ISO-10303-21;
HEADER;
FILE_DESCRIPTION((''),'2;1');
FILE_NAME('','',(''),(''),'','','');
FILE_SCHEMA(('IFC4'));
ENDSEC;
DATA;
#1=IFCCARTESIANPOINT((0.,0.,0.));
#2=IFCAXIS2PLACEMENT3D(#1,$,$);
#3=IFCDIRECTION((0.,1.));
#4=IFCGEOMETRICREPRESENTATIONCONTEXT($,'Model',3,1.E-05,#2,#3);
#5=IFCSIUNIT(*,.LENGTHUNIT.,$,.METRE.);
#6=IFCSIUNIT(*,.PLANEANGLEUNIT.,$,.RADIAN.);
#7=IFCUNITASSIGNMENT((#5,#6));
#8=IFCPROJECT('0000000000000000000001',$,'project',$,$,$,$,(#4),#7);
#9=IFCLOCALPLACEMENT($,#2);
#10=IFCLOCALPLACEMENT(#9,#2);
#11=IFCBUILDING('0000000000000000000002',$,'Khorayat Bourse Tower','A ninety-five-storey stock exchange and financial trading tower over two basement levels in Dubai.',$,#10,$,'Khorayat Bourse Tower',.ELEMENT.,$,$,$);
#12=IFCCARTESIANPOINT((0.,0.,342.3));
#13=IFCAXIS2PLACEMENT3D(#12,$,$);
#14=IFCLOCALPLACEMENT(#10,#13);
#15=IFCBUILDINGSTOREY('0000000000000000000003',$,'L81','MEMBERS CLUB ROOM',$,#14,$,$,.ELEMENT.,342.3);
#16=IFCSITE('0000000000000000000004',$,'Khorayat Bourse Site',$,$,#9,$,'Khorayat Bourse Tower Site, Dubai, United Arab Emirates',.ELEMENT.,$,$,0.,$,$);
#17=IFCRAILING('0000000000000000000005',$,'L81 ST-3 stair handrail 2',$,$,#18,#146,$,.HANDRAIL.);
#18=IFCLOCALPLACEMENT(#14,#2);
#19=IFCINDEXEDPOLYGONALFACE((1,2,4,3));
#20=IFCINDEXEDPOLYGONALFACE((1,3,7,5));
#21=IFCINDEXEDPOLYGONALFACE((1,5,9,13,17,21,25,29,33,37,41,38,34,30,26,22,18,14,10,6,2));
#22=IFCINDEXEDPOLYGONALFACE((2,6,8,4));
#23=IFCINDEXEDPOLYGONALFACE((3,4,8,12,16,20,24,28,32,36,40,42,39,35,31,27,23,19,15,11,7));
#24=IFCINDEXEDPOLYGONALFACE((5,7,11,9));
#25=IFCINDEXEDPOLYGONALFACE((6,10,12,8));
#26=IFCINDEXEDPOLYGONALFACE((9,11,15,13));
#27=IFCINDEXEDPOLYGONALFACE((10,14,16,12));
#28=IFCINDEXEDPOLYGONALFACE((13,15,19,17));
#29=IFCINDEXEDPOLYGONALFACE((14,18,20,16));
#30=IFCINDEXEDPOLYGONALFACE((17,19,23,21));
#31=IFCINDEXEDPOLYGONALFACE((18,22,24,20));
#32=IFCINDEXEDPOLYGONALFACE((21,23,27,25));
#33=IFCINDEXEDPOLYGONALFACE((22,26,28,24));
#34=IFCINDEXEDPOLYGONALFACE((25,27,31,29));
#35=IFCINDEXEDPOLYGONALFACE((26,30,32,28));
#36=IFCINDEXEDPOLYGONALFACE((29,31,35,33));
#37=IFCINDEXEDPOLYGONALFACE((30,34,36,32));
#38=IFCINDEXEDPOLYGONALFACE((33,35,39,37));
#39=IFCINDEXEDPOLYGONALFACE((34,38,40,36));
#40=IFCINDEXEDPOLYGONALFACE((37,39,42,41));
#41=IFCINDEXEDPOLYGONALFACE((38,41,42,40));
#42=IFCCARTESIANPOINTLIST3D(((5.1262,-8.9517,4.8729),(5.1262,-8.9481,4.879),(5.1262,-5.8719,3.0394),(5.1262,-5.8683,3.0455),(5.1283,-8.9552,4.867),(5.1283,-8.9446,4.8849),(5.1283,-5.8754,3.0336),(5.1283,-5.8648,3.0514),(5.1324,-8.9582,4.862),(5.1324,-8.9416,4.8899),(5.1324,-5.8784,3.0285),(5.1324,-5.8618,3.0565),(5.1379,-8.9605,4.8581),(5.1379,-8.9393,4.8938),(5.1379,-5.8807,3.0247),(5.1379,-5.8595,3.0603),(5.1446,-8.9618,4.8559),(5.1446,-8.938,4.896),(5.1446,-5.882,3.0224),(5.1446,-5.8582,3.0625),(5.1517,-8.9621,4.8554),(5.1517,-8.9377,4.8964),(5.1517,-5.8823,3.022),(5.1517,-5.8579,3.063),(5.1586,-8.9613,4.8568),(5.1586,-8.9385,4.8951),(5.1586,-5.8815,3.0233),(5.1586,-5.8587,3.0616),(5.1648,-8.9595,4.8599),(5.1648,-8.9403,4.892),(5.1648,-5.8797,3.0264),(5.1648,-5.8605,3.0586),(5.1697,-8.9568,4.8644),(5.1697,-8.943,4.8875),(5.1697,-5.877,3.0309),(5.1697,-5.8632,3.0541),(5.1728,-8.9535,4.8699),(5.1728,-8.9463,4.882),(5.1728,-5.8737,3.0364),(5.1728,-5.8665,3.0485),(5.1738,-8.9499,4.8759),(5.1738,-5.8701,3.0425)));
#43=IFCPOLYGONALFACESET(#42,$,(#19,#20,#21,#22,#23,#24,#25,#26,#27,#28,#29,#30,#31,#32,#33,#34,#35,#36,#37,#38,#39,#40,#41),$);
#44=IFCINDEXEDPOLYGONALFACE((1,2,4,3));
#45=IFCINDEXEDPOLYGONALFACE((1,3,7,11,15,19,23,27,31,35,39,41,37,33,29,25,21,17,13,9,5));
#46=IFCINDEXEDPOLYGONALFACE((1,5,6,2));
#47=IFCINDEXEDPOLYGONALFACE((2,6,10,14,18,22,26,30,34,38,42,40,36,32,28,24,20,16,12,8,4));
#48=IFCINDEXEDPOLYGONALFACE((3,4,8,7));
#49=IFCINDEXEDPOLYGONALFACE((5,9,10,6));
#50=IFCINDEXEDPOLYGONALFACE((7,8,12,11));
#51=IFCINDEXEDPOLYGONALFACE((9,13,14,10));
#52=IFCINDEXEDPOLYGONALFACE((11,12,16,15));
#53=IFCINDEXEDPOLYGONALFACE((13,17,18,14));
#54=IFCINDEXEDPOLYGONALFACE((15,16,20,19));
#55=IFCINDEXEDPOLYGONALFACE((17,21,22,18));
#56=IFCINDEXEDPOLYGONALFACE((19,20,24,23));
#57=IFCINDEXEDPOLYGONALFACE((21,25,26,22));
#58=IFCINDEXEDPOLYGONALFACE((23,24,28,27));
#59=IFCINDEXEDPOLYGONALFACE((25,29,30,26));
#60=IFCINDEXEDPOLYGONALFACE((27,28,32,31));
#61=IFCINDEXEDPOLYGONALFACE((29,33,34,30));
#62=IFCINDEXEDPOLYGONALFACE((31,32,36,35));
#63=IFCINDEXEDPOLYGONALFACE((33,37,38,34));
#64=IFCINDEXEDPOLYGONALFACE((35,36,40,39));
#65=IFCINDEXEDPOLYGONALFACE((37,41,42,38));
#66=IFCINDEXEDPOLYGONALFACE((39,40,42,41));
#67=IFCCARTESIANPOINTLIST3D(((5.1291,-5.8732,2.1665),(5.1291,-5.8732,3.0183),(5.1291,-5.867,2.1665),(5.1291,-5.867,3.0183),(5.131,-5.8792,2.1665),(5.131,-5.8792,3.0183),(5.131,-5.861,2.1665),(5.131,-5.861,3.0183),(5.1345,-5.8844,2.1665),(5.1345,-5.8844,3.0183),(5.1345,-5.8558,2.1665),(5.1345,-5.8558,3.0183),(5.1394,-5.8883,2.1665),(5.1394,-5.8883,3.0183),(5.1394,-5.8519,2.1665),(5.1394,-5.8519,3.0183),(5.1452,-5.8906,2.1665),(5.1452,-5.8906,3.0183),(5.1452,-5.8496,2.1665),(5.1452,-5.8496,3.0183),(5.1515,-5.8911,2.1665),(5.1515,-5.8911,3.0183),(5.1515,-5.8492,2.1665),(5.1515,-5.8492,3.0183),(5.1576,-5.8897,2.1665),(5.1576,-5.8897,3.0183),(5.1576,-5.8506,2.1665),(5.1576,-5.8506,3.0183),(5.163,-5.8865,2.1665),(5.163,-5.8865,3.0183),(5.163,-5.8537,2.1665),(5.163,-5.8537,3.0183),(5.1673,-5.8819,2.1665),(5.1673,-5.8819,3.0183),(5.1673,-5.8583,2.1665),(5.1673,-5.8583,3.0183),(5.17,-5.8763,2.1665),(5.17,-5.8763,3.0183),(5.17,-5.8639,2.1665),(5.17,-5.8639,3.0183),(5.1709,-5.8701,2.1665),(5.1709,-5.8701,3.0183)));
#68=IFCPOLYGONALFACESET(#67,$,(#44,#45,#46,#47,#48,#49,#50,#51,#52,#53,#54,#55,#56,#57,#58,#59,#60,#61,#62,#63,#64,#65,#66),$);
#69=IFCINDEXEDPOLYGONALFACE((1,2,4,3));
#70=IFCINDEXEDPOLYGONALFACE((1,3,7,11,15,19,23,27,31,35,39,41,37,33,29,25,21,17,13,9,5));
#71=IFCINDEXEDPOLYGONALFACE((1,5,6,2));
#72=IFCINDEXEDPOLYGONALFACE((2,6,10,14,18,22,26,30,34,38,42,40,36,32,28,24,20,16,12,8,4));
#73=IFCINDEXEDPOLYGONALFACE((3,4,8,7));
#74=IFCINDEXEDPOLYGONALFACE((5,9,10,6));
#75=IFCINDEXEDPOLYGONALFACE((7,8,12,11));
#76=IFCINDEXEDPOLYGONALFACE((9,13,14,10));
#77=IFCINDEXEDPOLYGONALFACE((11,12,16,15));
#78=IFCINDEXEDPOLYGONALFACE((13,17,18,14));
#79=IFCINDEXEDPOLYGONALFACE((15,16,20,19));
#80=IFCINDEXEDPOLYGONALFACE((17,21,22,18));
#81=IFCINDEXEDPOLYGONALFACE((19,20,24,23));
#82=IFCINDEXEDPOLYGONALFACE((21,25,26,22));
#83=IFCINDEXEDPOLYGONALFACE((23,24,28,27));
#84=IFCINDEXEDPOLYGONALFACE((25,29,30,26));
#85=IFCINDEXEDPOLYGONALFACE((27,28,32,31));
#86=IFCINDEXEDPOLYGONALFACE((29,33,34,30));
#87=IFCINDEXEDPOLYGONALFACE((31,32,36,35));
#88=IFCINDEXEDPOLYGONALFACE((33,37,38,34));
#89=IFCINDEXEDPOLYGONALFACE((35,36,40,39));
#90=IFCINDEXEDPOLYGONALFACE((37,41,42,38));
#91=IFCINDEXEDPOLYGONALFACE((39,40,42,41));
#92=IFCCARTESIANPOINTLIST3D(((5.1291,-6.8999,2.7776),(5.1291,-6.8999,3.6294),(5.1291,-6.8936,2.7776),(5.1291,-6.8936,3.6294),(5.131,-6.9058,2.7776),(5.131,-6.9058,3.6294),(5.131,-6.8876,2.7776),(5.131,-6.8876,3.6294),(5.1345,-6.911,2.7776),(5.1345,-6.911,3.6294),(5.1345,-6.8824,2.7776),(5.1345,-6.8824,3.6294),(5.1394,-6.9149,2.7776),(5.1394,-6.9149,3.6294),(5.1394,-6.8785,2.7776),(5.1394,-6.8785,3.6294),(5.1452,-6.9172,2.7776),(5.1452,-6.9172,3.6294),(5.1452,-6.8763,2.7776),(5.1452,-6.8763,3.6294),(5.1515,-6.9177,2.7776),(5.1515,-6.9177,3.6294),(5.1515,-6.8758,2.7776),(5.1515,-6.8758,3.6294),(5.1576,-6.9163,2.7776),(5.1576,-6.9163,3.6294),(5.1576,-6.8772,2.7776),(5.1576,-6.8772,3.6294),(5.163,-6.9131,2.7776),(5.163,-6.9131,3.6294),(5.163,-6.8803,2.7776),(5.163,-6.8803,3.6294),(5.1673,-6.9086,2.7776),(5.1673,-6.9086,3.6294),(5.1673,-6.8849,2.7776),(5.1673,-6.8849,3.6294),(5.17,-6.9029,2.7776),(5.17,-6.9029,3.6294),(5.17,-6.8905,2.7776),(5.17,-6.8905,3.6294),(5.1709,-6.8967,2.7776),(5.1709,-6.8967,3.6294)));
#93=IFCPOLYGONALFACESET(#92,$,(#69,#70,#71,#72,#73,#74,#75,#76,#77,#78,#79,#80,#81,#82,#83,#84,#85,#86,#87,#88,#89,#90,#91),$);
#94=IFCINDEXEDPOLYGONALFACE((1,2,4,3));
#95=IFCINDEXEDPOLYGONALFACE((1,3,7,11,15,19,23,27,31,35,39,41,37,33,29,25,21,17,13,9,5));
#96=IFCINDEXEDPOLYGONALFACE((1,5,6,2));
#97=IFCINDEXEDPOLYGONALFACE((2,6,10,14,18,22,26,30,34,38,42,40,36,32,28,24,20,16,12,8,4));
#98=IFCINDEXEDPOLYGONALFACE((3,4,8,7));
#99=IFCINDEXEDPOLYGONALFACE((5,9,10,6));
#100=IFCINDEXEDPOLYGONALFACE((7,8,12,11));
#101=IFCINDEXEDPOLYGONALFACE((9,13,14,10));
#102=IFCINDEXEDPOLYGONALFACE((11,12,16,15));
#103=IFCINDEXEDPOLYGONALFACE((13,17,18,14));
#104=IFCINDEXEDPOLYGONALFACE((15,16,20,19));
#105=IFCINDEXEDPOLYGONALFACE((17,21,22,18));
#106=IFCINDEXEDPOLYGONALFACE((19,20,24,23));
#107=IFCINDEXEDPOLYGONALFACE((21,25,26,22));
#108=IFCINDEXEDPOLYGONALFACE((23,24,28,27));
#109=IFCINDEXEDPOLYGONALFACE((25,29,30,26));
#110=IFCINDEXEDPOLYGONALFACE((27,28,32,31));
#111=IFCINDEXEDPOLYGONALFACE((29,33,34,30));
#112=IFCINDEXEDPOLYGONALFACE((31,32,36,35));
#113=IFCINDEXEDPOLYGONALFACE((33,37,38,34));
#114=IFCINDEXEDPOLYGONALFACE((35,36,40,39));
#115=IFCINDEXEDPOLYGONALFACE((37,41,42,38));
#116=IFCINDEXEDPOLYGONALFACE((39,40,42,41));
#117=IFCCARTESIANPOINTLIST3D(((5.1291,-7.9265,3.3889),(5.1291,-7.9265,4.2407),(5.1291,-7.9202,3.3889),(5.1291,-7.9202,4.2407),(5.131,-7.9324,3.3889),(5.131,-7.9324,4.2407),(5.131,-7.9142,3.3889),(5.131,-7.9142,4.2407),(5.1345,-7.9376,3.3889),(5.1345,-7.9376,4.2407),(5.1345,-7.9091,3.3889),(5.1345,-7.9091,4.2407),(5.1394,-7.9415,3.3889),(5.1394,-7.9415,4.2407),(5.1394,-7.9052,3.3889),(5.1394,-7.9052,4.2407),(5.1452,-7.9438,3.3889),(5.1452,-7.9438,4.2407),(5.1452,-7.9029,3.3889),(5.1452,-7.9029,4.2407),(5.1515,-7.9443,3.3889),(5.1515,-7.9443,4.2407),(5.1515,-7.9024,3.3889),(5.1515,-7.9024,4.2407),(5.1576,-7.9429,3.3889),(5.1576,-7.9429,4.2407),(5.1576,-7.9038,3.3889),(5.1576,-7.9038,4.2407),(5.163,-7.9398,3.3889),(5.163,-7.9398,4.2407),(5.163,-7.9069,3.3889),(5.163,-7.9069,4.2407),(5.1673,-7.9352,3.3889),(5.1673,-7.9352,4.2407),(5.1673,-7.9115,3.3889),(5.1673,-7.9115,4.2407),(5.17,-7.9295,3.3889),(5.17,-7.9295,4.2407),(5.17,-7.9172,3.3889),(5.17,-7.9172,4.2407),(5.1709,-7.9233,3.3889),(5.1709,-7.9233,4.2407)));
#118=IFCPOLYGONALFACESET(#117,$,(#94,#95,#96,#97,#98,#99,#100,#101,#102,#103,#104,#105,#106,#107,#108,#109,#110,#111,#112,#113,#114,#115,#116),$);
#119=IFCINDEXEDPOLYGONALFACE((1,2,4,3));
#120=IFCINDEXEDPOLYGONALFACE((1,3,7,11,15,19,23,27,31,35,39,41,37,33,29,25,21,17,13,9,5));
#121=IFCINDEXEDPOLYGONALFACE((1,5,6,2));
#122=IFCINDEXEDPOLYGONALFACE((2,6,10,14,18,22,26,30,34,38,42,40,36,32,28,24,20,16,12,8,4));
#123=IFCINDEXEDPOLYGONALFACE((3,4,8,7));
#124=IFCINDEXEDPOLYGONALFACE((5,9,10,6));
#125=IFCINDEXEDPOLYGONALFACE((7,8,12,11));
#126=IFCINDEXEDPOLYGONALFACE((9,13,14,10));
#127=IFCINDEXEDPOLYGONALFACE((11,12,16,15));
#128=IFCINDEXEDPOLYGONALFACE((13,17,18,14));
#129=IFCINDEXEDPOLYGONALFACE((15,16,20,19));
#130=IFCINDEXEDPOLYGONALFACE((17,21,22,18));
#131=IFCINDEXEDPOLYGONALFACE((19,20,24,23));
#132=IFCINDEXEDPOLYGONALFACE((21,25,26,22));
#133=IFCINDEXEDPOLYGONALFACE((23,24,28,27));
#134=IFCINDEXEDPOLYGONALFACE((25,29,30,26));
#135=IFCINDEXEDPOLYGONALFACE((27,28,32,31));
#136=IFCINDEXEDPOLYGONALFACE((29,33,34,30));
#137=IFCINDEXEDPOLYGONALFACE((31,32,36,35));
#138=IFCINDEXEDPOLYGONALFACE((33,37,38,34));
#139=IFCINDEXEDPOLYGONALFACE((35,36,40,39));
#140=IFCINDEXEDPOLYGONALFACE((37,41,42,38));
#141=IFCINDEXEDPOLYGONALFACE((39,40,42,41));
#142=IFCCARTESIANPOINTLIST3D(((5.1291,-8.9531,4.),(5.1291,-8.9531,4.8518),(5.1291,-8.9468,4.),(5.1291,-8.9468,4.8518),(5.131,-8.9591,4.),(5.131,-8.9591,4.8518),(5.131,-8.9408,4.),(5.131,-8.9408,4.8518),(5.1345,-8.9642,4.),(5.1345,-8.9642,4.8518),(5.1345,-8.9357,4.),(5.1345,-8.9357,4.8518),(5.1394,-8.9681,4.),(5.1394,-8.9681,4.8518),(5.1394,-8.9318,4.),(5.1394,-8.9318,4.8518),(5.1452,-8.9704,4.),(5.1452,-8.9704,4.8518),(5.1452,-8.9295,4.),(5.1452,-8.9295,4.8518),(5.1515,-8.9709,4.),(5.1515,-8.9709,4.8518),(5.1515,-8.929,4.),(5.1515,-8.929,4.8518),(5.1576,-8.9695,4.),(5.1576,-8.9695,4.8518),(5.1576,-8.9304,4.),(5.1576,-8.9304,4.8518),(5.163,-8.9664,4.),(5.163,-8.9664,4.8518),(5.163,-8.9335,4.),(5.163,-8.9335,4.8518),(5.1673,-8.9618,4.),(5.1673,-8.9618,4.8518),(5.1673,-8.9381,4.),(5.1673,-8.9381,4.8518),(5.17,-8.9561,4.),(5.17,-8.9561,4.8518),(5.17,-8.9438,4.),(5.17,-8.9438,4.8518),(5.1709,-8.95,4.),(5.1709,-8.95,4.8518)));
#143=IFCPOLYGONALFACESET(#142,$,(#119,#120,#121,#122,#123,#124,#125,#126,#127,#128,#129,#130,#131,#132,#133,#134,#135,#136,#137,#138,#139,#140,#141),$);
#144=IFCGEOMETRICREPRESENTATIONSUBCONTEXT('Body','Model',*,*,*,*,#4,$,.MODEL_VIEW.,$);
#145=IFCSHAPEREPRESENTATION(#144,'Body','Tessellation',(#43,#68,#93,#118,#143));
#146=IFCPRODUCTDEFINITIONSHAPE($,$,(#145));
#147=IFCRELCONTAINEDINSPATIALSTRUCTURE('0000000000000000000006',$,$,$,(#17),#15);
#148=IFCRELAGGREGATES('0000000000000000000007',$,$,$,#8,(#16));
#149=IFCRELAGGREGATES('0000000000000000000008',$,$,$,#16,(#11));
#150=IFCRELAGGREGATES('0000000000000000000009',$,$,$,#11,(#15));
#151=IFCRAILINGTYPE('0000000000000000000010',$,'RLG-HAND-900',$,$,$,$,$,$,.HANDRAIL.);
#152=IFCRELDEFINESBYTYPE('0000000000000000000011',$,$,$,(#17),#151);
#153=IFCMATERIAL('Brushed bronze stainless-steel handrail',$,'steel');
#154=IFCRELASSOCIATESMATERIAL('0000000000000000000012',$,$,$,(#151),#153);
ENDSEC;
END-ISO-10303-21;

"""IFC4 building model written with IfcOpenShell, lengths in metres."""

from ifc_helpers import new_model, si_unit, direction, frame, origin, origin_2d, place, context, subcontext, project, spatial, circle, extrude, source, transform, mapped, material, type_object, element, save


model = new_model("IFC4")

# Units and contexts
model_context = context("Model", 3, precision=1e-05, world=origin(), true_north=direction((0.0, 1.0)))
body_context = subcontext(model_context, "Body", "Model", "MODEL_VIEW")
ifc_project = project(units=[si_unit("LENGTHUNIT", "METRE"), si_unit("PLANEANGLEUNIT", "RADIAN")], contexts=[model_context])

# Site, building, storey
site_placement = place(None, origin())
site = spatial("IfcSite", under=ifc_project, at=site_placement, Name="Khorayat Bourse Site", LongName="Khorayat Bourse Tower Site, Dubai, United Arab Emirates", CompositionType="ELEMENT", RefElevation=0.0)
building_placement = place(site_placement, origin())
building = spatial("IfcBuilding", under=site, at=building_placement, Name="Khorayat Bourse Tower", Description="A ninety-five-storey stock exchange and financial trading tower over two basement levels in Dubai.", LongName="Khorayat Bourse Tower", CompositionType="ELEMENT")
storey_placement = place(building_placement, frame((0.0, 0.0, 342.3)))
storey = spatial("IfcBuildingStorey", under=building, at=storey_placement, Name="L81", Description="MEMBERS CLUB ROOM", CompositionType="ELEMENT", Elevation=342.3)

# Railing
ifc_material_1 = material(Name="Brushed bronze stainless-steel handrail", Category="steel")
railing_type_1 = type_object("IfcRailingType", Name="RLG-HAND-900", PredefinedType="HANDRAIL", material=ifc_material_1)
shared_shape_1 = source(origin(), body_context, "Body", "SweptSolid", [
    extrude(circle(Radius=0.0239, at=origin_2d()), frame((0.0, 0.0, 0.876), z_axis=(0.0, -0.859261, 0.511538), x_axis=(1.0, 0.0, 0.0)), (0.0, 0.0, 1.0), 3.5842),
    extrude(circle(Radius=0.021, at=origin_2d()), origin(), (0.0, 0.0, 1.0), 0.8518),
    extrude(circle(Radius=0.021, at=origin_2d()), frame((0.0, -1.0266, 0.6111)), (0.0, 0.0, 1.0), 0.8518),
    extrude(circle(Radius=0.021, at=origin_2d()), frame((0.0, -2.0532, 1.2224)), (0.0, 0.0, 1.0), 0.8518),
    extrude(circle(Radius=0.021, at=origin_2d()), frame((0.0, -3.0798, 1.8335)), (0.0, 0.0, 1.0), 0.8518),
])
railing_1_placement = place(storey_placement, frame((5.1499, -5.8701, 2.1665)))
element("IfcRailing", 1, at=railing_1_placement, inside=storey, type_object=railing_type_1, Name="L81 ST-3 stair handrail 2", PredefinedType="HANDRAIL", context=body_context, shape_type="MappedRepresentation", body=[
    mapped(shared_shape_1, transform((0.0, 0.0, 0.0), scale=1.0)),
])

save(model, "model.ifc")
